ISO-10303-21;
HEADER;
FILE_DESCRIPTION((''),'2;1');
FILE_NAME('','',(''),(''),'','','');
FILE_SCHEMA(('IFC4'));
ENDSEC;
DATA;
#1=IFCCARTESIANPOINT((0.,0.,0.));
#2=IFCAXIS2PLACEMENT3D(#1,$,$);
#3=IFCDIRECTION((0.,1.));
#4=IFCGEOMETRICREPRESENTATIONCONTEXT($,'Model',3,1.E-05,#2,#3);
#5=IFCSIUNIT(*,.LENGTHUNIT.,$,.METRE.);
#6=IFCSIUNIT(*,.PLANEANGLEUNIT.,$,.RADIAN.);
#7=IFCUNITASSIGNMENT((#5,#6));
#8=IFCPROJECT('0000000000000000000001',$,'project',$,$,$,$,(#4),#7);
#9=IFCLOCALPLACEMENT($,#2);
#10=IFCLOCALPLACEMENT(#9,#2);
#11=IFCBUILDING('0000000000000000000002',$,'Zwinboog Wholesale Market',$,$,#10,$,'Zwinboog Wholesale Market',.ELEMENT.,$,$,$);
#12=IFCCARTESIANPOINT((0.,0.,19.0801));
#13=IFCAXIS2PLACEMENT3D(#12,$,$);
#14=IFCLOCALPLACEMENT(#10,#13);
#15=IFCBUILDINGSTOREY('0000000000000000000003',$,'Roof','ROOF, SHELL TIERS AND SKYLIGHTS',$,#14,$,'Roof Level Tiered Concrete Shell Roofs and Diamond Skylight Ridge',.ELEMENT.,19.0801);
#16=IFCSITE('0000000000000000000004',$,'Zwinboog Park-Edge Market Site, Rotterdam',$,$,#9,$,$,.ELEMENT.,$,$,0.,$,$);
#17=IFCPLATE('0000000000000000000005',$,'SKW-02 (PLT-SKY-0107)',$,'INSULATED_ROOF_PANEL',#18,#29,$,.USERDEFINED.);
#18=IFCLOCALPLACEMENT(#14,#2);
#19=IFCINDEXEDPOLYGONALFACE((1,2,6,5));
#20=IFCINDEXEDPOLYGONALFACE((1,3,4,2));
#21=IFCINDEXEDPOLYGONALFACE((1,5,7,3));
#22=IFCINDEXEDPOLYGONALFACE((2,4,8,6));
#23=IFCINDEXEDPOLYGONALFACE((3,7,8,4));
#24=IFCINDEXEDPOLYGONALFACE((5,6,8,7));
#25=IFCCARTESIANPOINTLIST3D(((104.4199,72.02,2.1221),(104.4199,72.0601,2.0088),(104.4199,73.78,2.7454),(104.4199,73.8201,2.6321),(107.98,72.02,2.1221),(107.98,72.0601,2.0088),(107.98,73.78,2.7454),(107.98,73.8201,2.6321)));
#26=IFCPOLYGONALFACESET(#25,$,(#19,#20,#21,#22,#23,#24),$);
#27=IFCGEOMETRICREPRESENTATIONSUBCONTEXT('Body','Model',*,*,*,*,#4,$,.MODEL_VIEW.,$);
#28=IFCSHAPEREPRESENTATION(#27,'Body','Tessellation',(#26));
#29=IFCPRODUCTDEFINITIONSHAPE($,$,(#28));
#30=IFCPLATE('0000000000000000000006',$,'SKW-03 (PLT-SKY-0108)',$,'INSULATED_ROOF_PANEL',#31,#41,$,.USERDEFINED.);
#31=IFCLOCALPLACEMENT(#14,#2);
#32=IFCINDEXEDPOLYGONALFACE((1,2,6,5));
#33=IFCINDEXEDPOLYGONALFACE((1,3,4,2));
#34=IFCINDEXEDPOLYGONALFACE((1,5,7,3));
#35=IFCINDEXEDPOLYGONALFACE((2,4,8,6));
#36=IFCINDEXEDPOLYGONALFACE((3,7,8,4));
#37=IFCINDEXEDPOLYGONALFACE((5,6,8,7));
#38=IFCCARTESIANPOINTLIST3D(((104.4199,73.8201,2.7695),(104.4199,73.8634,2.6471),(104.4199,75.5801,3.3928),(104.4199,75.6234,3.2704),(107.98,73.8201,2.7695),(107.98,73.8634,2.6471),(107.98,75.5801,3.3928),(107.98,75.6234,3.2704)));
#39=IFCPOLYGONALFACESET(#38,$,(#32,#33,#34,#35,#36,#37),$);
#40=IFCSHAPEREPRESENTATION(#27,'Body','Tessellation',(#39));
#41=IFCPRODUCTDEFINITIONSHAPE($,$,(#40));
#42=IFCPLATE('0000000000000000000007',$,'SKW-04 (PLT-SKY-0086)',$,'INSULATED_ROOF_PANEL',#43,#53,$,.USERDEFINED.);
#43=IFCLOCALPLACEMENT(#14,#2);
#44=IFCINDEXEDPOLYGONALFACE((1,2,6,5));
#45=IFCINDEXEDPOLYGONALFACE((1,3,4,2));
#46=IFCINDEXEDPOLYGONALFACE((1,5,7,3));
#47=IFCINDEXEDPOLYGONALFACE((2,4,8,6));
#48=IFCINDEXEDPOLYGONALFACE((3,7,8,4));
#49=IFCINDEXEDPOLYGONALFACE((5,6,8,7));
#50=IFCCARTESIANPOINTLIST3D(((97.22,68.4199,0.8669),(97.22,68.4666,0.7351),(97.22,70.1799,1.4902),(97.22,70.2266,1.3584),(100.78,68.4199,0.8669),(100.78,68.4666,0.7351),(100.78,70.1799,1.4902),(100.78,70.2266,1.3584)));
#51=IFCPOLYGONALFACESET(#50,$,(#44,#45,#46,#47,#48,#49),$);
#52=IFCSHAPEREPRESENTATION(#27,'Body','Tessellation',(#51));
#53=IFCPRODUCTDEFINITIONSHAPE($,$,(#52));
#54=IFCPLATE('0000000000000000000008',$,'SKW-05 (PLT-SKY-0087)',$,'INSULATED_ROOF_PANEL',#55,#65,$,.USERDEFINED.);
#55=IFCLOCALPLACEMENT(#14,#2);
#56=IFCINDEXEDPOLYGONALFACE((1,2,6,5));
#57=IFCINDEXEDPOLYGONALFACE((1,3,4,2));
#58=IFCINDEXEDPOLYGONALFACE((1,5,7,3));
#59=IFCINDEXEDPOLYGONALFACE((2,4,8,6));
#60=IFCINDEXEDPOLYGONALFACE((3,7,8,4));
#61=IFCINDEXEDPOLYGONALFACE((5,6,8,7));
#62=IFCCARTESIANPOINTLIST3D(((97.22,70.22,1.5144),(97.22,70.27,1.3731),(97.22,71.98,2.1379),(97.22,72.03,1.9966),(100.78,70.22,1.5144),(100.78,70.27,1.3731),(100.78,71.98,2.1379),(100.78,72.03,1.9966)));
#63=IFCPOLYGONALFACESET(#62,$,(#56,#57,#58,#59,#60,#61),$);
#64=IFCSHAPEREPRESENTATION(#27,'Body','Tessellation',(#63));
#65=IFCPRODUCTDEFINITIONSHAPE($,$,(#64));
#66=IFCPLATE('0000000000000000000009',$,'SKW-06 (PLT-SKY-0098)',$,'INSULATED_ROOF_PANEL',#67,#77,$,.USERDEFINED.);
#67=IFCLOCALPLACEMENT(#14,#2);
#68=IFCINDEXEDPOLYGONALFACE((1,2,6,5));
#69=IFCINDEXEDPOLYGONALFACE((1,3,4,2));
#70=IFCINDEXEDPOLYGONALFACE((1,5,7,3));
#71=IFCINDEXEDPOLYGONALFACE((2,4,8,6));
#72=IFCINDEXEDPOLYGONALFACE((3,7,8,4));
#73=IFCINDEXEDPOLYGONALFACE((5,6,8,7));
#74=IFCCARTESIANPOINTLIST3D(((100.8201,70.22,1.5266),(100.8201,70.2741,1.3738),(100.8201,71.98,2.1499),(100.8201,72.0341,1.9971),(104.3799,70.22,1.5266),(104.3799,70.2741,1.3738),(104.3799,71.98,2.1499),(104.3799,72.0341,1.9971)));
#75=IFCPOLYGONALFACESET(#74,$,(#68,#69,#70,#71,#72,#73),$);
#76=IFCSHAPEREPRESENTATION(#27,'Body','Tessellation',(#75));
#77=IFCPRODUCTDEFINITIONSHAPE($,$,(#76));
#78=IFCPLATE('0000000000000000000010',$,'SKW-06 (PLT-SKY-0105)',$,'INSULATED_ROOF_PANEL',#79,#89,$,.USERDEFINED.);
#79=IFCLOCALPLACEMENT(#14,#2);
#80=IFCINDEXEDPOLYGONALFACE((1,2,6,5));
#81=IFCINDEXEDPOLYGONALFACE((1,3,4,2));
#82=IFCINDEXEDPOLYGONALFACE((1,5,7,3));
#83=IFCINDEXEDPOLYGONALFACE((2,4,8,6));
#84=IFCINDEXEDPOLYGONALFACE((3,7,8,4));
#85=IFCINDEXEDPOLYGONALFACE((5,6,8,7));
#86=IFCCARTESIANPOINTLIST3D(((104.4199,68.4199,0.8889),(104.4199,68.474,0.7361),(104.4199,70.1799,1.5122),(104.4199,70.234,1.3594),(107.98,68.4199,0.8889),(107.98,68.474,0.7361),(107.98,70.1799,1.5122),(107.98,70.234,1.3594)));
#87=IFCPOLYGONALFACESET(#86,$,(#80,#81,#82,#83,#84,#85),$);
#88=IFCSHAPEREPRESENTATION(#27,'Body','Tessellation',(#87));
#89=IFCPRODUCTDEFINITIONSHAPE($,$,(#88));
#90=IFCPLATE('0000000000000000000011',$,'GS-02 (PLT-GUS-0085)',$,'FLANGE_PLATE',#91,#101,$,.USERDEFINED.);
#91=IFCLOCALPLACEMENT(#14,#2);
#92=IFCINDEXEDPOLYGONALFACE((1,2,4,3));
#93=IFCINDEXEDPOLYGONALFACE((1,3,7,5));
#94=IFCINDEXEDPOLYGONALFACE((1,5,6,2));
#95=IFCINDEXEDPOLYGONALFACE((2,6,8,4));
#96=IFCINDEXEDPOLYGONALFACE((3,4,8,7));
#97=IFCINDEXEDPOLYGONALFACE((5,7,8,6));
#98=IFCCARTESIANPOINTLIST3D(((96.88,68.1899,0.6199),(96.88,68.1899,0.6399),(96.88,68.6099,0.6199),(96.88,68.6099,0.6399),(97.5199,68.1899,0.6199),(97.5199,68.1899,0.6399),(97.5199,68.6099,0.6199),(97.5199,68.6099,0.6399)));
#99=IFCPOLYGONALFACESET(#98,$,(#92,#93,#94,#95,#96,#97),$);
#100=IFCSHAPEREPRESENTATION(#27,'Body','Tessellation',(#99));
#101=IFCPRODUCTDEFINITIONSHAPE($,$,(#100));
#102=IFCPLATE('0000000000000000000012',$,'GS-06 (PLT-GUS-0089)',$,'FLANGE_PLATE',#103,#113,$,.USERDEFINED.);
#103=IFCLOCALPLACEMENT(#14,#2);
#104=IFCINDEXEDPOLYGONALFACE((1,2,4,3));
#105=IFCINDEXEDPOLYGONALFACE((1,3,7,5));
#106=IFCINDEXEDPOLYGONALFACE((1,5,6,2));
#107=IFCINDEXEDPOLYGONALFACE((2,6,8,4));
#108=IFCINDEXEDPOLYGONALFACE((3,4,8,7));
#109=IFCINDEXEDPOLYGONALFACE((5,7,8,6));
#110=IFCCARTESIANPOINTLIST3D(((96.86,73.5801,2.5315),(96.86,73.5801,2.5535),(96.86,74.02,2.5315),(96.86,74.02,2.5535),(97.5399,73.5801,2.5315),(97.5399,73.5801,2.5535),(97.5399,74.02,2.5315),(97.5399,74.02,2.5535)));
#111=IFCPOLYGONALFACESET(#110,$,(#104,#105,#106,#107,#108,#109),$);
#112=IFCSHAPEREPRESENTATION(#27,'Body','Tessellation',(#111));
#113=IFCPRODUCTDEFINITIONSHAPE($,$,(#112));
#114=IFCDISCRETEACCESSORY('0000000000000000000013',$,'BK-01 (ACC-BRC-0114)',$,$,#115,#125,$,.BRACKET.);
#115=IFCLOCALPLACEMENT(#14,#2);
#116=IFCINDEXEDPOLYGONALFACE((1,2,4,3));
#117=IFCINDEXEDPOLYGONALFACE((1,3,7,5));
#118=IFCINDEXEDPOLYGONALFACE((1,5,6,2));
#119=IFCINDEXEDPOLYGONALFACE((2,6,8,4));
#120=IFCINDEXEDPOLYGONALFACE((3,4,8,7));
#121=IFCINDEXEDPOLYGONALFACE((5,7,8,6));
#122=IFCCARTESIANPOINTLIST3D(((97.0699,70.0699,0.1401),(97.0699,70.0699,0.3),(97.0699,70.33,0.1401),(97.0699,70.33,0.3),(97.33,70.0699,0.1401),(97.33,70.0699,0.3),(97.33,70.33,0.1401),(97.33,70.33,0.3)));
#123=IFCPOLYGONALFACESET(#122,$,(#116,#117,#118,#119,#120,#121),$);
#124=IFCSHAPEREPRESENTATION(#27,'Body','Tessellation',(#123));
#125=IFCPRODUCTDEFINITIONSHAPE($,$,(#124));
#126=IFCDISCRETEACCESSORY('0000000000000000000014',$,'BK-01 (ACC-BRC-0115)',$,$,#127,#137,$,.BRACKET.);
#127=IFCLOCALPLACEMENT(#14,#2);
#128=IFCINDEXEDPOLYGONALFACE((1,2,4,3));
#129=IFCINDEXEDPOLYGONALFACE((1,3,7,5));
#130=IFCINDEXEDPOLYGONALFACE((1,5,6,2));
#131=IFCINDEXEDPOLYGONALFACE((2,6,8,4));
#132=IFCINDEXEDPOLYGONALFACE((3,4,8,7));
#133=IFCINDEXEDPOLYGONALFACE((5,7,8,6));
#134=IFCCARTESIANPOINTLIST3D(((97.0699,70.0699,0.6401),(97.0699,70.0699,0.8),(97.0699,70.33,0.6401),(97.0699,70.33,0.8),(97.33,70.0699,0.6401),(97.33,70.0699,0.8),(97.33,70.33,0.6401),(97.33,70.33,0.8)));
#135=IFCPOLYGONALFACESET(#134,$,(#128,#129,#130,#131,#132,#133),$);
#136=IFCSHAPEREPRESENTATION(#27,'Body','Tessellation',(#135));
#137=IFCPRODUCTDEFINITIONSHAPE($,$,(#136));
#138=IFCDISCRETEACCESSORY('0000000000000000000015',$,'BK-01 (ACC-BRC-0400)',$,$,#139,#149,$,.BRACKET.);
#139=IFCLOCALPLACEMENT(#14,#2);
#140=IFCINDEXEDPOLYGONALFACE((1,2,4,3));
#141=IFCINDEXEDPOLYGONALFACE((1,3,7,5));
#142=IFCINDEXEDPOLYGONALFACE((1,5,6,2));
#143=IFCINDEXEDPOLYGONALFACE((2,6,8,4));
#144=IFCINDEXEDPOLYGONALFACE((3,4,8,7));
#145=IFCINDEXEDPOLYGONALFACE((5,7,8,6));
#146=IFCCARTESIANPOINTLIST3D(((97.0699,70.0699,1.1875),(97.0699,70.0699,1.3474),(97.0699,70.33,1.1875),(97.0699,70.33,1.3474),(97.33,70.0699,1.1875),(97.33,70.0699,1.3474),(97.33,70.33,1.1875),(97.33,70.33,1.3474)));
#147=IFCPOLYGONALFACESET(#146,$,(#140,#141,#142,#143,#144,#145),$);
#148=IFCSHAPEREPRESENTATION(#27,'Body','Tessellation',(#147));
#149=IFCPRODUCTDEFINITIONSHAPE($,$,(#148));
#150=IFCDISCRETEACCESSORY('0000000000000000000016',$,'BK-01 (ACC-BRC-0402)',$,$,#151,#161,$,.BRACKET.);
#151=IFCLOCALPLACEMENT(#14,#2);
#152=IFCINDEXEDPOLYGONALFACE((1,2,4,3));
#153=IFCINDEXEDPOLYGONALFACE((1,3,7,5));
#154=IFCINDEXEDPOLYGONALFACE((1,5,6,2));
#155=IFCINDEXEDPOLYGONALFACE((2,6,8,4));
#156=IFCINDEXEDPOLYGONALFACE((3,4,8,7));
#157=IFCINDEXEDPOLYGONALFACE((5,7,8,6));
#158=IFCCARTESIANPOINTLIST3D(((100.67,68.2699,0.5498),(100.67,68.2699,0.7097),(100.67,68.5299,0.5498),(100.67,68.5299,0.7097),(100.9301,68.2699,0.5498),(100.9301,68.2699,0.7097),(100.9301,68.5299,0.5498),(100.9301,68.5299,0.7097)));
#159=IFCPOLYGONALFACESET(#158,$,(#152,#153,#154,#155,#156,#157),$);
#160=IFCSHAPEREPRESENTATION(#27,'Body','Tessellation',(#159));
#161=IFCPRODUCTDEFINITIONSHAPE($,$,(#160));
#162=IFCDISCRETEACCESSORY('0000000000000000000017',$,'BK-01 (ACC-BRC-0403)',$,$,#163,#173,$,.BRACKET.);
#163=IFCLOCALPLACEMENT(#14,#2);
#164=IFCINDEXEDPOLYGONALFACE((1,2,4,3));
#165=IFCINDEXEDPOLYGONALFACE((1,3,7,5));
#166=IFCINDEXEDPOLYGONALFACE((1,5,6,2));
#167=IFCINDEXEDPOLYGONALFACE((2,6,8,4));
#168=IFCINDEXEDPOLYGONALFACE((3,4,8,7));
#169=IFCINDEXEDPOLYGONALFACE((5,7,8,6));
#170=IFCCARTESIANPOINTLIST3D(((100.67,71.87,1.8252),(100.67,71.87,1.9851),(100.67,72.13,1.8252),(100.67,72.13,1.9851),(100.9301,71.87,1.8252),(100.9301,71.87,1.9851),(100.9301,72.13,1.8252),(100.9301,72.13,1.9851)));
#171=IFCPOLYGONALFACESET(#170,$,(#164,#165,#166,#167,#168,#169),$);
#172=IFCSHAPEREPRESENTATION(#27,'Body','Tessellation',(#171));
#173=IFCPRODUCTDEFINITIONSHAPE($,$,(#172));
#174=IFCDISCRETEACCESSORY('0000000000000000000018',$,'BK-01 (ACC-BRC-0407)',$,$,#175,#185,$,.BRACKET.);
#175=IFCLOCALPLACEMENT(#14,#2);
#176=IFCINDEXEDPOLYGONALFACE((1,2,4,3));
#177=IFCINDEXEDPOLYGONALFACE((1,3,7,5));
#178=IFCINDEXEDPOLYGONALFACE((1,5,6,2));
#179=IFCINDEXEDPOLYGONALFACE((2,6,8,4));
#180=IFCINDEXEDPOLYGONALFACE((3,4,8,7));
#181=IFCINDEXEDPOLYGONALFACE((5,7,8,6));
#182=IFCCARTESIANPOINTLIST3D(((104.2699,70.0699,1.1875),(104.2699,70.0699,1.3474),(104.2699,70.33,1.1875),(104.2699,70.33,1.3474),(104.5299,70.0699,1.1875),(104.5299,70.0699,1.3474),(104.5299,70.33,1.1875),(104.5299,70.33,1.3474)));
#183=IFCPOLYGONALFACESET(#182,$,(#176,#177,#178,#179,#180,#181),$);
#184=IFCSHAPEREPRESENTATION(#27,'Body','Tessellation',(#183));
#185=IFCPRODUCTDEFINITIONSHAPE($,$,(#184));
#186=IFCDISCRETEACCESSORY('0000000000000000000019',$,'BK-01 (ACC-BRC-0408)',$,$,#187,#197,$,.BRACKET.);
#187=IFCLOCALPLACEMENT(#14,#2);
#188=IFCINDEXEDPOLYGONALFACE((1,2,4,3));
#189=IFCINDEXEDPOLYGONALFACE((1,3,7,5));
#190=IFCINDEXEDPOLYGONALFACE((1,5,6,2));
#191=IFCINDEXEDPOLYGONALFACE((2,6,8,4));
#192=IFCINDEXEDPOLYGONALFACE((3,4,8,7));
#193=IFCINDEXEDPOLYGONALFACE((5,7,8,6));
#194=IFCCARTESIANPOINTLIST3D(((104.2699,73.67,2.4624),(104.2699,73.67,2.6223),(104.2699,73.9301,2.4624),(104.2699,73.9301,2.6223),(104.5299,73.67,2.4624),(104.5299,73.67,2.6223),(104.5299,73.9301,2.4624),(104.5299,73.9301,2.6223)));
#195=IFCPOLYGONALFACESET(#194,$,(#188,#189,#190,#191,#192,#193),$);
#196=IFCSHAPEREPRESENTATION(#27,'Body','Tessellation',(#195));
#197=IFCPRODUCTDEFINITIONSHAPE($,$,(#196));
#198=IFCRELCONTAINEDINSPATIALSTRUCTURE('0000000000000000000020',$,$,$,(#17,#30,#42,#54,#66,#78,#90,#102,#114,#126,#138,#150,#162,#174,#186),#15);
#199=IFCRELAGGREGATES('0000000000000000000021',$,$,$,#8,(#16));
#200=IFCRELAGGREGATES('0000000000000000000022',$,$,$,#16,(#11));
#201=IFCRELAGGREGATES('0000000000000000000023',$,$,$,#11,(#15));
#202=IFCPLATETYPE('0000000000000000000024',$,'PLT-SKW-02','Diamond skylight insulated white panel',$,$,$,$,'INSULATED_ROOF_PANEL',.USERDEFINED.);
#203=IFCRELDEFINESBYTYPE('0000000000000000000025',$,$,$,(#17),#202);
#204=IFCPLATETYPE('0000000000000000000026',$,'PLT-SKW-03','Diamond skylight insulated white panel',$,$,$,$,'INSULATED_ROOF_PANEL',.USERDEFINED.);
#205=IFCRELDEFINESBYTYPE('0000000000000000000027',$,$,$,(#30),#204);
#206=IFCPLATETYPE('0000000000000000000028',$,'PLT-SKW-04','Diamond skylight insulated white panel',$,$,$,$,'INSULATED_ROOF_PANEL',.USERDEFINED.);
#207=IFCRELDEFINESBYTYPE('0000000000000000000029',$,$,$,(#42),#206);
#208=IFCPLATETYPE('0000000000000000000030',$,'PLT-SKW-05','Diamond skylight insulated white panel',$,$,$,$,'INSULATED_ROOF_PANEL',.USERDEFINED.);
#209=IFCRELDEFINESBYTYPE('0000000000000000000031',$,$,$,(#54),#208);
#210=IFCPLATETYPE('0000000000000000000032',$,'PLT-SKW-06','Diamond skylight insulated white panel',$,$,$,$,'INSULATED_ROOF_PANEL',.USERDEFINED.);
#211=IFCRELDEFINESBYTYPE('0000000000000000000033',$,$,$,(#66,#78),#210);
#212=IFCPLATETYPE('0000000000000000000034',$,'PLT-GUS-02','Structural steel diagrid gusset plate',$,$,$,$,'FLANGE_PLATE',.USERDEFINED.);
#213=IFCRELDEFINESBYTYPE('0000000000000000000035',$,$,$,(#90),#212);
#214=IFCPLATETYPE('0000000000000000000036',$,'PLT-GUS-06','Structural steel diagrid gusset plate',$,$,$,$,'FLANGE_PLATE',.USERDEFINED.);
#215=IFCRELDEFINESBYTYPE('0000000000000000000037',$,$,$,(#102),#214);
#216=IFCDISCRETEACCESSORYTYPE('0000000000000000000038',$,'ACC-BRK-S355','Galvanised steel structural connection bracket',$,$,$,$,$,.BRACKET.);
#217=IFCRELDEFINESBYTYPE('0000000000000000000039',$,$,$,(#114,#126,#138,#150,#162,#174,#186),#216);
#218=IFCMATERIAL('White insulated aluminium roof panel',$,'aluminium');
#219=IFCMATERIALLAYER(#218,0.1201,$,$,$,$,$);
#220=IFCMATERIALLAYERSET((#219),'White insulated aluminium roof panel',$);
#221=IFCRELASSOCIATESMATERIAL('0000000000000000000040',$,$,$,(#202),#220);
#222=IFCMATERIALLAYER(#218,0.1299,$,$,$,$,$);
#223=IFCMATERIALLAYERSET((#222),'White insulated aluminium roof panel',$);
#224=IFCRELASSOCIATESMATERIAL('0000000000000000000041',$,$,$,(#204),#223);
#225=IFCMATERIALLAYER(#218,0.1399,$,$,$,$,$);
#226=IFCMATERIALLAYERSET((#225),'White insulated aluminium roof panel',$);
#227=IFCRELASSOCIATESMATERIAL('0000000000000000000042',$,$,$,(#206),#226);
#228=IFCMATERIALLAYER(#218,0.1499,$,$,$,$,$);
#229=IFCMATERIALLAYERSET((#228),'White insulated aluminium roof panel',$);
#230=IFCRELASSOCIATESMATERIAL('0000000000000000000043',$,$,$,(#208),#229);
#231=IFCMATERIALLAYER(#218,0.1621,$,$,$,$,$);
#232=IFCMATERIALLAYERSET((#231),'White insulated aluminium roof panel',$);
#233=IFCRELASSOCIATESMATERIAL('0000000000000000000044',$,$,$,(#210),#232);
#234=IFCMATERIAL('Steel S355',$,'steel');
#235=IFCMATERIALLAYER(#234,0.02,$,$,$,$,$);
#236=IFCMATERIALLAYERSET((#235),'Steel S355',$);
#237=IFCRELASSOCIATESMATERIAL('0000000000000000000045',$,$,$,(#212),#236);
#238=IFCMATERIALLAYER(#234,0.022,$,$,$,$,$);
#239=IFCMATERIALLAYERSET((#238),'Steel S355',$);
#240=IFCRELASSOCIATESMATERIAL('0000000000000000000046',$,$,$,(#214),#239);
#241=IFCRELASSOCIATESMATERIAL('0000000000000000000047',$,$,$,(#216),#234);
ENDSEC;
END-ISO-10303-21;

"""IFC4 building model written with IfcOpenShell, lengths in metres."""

from ifc_helpers import new_model, si_unit, direction, frame, origin, origin_2d, place, context, subcontext, project, spatial, polyline, rectangle, outline, extrude, material, layer, layer_set, type_object, element, save


model = new_model("IFC4")

# Units and contexts
model_context = context("Model", 3, precision=1e-05, world=origin(), true_north=direction((0.0, 1.0)))
body_context = subcontext(model_context, "Body", "Model", "MODEL_VIEW")
ifc_project = project(units=[si_unit("LENGTHUNIT", "METRE"), si_unit("PLANEANGLEUNIT", "RADIAN")], contexts=[model_context])

# Site, building, storey
site_placement = place(None, origin())
site = spatial("IfcSite", under=ifc_project, at=site_placement, Name="Zwinboog Park-Edge Market Site, Rotterdam", CompositionType="ELEMENT", RefElevation=0.0)
building_placement = place(site_placement, origin())
building = spatial("IfcBuilding", under=site, at=building_placement, Name="Zwinboog Wholesale Market", LongName="Zwinboog Wholesale Market", CompositionType="ELEMENT")
storey_placement = place(building_placement, frame((0.0, 0.0, 19.0801)))
storey = spatial("IfcBuildingStorey", under=building, at=storey_placement, Name="Roof", Description="ROOF, SHELL TIERS AND SKYLIGHTS", LongName="Roof Level Tiered Concrete Shell Roofs and Diamond Skylight Ridge", CompositionType="ELEMENT", Elevation=19.0801)

# Shared definitions
ifc_material_1 = material(Name="Steel S355", Category="steel")

# Plates
ifc_material_2 = material(Name="White insulated aluminium roof panel", Category="aluminium")
ifc_layer_1 = layer(ifc_material_2, 0.1201)
ifc_layer_set_1 = layer_set([ifc_layer_1], Name="White insulated aluminium roof panel")
plate_type_1 = type_object("IfcPlateType", Name="PLT-SKW-02", Description="Diamond skylight insulated white panel", ElementType="INSULATED_ROOF_PANEL", PredefinedType="USERDEFINED", material=ifc_layer_set_1)
plate_1_placement = place(storey_placement, frame((104.4199, 72.02, 2.1221), z_axis=(0.0, -0.333825, 0.942635), x_axis=(1.0, 0.0, 0.0)))
element("IfcPlate", 1, at=plate_1_placement, inside=storey, type_object=plate_type_1, Name="SKW-02 (PLT-SKY-0107)", ObjectType="INSULATED_ROOF_PANEL", PredefinedType="USERDEFINED", context=body_context, shape_type="SweptSolid", body=[
    extrude(outline(polyline([(0.0, 0.0), (3.5601, 0.0), (3.5601, 1.8671), (0.0, 1.8671), (0.0, 0.0)])), origin(), (0.0, 0.0, -1.0), 0.1201),
])
ifc_layer_2 = layer(ifc_material_2, 0.1299)
ifc_layer_set_2 = layer_set([ifc_layer_2], Name="White insulated aluminium roof panel")
plate_type_2 = type_object("IfcPlateType", Name="PLT-SKW-03", Description="Diamond skylight insulated white panel", ElementType="INSULATED_ROOF_PANEL", PredefinedType="USERDEFINED", material=ifc_layer_set_2)
plate_2_placement = place(storey_placement, frame((104.4199, 73.8201, 2.7695), z_axis=(0.0, -0.333825, 0.942635), x_axis=(1.0, 0.0, 0.0)))
element("IfcPlate", 2, at=plate_2_placement, inside=storey, type_object=plate_type_2, Name="SKW-03 (PLT-SKY-0108)", ObjectType="INSULATED_ROOF_PANEL", PredefinedType="USERDEFINED", context=body_context, shape_type="SweptSolid", body=[
    extrude(outline(polyline([(0.0, 0.0), (3.5601, 0.0), (3.5601, 1.8671), (0.0, 1.8671), (0.0, 0.0)])), origin(), (0.0, 0.0, -1.0), 0.1299),
])
ifc_layer_3 = layer(ifc_material_2, 0.1399)
ifc_layer_set_3 = layer_set([ifc_layer_3], Name="White insulated aluminium roof panel")
plate_type_3 = type_object("IfcPlateType", Name="PLT-SKW-04", Description="Diamond skylight insulated white panel", ElementType="INSULATED_ROOF_PANEL", PredefinedType="USERDEFINED", material=ifc_layer_set_3)
plate_3_placement = place(storey_placement, frame((97.22, 68.4199, 0.8669), z_axis=(0.0, -0.333825, 0.942635), x_axis=(1.0, 0.0, 0.0)))
element("IfcPlate", 3, at=plate_3_placement, inside=storey, type_object=plate_type_3, Name="SKW-04 (PLT-SKY-0086)", ObjectType="INSULATED_ROOF_PANEL", PredefinedType="USERDEFINED", context=body_context, shape_type="SweptSolid", body=[
    extrude(outline(polyline([(0.0, 0.0), (3.5601, 0.0), (3.5601, 1.8671), (0.0, 1.8671), (0.0, 0.0)])), origin(), (0.0, 0.0, -1.0), 0.1399),
])
ifc_layer_4 = layer(ifc_material_2, 0.1499)
ifc_layer_set_4 = layer_set([ifc_layer_4], Name="White insulated aluminium roof panel")
plate_type_4 = type_object("IfcPlateType", Name="PLT-SKW-05", Description="Diamond skylight insulated white panel", ElementType="INSULATED_ROOF_PANEL", PredefinedType="USERDEFINED", material=ifc_layer_set_4)
plate_4_placement = place(storey_placement, frame((97.22, 70.22, 1.5144), z_axis=(0.0, -0.333942, 0.942594), x_axis=(1.0, 0.0, 0.0)))
element("IfcPlate", 4, at=plate_4_placement, inside=storey, type_object=plate_type_4, Name="SKW-05 (PLT-SKY-0087)", ObjectType="INSULATED_ROOF_PANEL", PredefinedType="USERDEFINED", context=body_context, shape_type="SweptSolid", body=[
    extrude(outline(polyline([(0.0, 0.0), (3.5601, 0.0), (3.5601, 1.8672), (0.0, 1.8672), (0.0, 0.0)])), origin(), (0.0, 0.0, -1.0), 0.1499),
])
ifc_layer_5 = layer(ifc_material_2, 0.1621)
ifc_layer_set_5 = layer_set([ifc_layer_5], Name="White insulated aluminium roof panel")
plate_type_5 = type_object("IfcPlateType", Name="PLT-SKW-06", Description="Diamond skylight insulated white panel", ElementType="INSULATED_ROOF_PANEL", PredefinedType="USERDEFINED", material=ifc_layer_set_5)
plate_5_placement = place(storey_placement, frame((100.8201, 70.22, 1.5266), z_axis=(0.0, -0.333825, 0.942635), x_axis=(1.0, 0.0, 0.0)))
element("IfcPlate", 5, at=plate_5_placement, inside=storey, type_object=plate_type_5, Name="SKW-06 (PLT-SKY-0098)", ObjectType="INSULATED_ROOF_PANEL", PredefinedType="USERDEFINED", context=body_context, shape_type="SweptSolid", body=[
    extrude(outline(polyline([(0.0, 0.0), (3.5598, 0.0), (3.5598, 1.8671), (0.0, 1.8671), (0.0, 0.0)])), origin(), (0.0, 0.0, -1.0), 0.1621),
])
plate_6_placement = place(storey_placement, frame((104.4199, 68.4199, 0.8889), z_axis=(0.0, -0.333825, 0.942635), x_axis=(1.0, 0.0, 0.0)))
element("IfcPlate", 6, at=plate_6_placement, inside=storey, type_object=plate_type_5, Name="SKW-06 (PLT-SKY-0105)", ObjectType="INSULATED_ROOF_PANEL", PredefinedType="USERDEFINED", context=body_context, shape_type="SweptSolid", body=[
    extrude(outline(polyline([(0.0, 0.0), (3.5601, 0.0), (3.5601, 1.8671), (0.0, 1.8671), (0.0, 0.0)])), origin(), (0.0, 0.0, -1.0), 0.1621),
])
ifc_layer_6 = layer(ifc_material_1, 0.02)
ifc_layer_set_6 = layer_set([ifc_layer_6], Name="Steel S355")
plate_type_6 = type_object("IfcPlateType", Name="PLT-GUS-02", Description="Structural steel diagrid gusset plate", ElementType="FLANGE_PLATE", PredefinedType="USERDEFINED", material=ifc_layer_set_6)
plate_7_placement = place(storey_placement, frame((97.2, 68.3999, 0.6199), z_axis=(0.0, 0.0, 1.0), x_axis=(1.0, 0.0, 0.0)))
element("IfcPlate", 7, at=plate_7_placement, inside=storey, type_object=plate_type_6, Name="GS-02 (PLT-GUS-0085)", ObjectType="FLANGE_PLATE", PredefinedType="USERDEFINED", context=body_context, shape_type="SweptSolid", body=[
    extrude(rectangle(XDim=0.6399, YDim=0.4199, at=origin_2d()), origin(), (0.0, 0.0, 1.0), 0.02),
])
ifc_layer_7 = layer(ifc_material_1, 0.022)
ifc_layer_set_7 = layer_set([ifc_layer_7], Name="Steel S355")
plate_type_7 = type_object("IfcPlateType", Name="PLT-GUS-06", Description="Structural steel diagrid gusset plate", ElementType="FLANGE_PLATE", PredefinedType="USERDEFINED", material=ifc_layer_set_7)
plate_8_placement = place(storey_placement, frame((97.2, 73.8, 2.5315), z_axis=(0.0, 0.0, 1.0), x_axis=(1.0, 0.0, 0.0)))
element("IfcPlate", 8, at=plate_8_placement, inside=storey, type_object=plate_type_7, Name="GS-06 (PLT-GUS-0089)", ObjectType="FLANGE_PLATE", PredefinedType="USERDEFINED", context=body_context, shape_type="SweptSolid", body=[
    extrude(rectangle(XDim=0.6799, YDim=0.4399, at=origin_2d()), origin(), (0.0, 0.0, 1.0), 0.022),
])

# Discrete accessories
discrete_accessory_type = type_object("IfcDiscreteAccessoryType", Name="ACC-BRK-S355", Description="Galvanised steel structural connection bracket", PredefinedType="BRACKET", material=ifc_material_1)
for number, where, z_axis, x_axis, name in (
    (9, (97.2, 70.2, 0.1401), (0.0, 0.0, 1.0), (1.0, 0.0, 0.0), "BK-01 (ACC-BRC-0114)"),
    (10, (97.2, 70.2, 0.6401), (0.0, 0.0, 1.0), (1.0, 0.0, 0.0), "BK-01 (ACC-BRC-0115)"),
    (11, (97.2, 70.2, 1.1875), (0.0, 0.0, 1.0), (1.0, 0.0, 0.0), "BK-01 (ACC-BRC-0400)"),
    (12, (100.8, 68.3999, 0.5498), (0.0, 0.0, 1.0), (1.0, 0.0, 0.0), "BK-01 (ACC-BRC-0402)"),
    (13, (100.8, 72.0, 1.8252), (0.0, 0.0, 1.0), (1.0, 0.0, 0.0), "BK-01 (ACC-BRC-0403)"),
    (14, (104.3999, 70.2, 1.1875), (0.0, 0.0, 1.0), (1.0, 0.0, 0.0), "BK-01 (ACC-BRC-0407)"),
    (15, (104.3999, 73.8, 2.4624), (0.0, 0.0, 1.0), (1.0, 0.0, 0.0), "BK-01 (ACC-BRC-0408)"),
):
    element("IfcDiscreteAccessory", number, at=place(storey_placement, frame(where, z_axis=z_axis, x_axis=x_axis)), inside=storey, type_object=discrete_accessory_type, Name=name, PredefinedType="BRACKET", context=body_context, shape_type="SweptSolid", body=[
        extrude(rectangle(XDim=0.26, YDim=0.26, at=origin_2d()), origin(), (0.0, 0.0, 1.0), 0.1599),
    ])

save(model, "model.ifc")
